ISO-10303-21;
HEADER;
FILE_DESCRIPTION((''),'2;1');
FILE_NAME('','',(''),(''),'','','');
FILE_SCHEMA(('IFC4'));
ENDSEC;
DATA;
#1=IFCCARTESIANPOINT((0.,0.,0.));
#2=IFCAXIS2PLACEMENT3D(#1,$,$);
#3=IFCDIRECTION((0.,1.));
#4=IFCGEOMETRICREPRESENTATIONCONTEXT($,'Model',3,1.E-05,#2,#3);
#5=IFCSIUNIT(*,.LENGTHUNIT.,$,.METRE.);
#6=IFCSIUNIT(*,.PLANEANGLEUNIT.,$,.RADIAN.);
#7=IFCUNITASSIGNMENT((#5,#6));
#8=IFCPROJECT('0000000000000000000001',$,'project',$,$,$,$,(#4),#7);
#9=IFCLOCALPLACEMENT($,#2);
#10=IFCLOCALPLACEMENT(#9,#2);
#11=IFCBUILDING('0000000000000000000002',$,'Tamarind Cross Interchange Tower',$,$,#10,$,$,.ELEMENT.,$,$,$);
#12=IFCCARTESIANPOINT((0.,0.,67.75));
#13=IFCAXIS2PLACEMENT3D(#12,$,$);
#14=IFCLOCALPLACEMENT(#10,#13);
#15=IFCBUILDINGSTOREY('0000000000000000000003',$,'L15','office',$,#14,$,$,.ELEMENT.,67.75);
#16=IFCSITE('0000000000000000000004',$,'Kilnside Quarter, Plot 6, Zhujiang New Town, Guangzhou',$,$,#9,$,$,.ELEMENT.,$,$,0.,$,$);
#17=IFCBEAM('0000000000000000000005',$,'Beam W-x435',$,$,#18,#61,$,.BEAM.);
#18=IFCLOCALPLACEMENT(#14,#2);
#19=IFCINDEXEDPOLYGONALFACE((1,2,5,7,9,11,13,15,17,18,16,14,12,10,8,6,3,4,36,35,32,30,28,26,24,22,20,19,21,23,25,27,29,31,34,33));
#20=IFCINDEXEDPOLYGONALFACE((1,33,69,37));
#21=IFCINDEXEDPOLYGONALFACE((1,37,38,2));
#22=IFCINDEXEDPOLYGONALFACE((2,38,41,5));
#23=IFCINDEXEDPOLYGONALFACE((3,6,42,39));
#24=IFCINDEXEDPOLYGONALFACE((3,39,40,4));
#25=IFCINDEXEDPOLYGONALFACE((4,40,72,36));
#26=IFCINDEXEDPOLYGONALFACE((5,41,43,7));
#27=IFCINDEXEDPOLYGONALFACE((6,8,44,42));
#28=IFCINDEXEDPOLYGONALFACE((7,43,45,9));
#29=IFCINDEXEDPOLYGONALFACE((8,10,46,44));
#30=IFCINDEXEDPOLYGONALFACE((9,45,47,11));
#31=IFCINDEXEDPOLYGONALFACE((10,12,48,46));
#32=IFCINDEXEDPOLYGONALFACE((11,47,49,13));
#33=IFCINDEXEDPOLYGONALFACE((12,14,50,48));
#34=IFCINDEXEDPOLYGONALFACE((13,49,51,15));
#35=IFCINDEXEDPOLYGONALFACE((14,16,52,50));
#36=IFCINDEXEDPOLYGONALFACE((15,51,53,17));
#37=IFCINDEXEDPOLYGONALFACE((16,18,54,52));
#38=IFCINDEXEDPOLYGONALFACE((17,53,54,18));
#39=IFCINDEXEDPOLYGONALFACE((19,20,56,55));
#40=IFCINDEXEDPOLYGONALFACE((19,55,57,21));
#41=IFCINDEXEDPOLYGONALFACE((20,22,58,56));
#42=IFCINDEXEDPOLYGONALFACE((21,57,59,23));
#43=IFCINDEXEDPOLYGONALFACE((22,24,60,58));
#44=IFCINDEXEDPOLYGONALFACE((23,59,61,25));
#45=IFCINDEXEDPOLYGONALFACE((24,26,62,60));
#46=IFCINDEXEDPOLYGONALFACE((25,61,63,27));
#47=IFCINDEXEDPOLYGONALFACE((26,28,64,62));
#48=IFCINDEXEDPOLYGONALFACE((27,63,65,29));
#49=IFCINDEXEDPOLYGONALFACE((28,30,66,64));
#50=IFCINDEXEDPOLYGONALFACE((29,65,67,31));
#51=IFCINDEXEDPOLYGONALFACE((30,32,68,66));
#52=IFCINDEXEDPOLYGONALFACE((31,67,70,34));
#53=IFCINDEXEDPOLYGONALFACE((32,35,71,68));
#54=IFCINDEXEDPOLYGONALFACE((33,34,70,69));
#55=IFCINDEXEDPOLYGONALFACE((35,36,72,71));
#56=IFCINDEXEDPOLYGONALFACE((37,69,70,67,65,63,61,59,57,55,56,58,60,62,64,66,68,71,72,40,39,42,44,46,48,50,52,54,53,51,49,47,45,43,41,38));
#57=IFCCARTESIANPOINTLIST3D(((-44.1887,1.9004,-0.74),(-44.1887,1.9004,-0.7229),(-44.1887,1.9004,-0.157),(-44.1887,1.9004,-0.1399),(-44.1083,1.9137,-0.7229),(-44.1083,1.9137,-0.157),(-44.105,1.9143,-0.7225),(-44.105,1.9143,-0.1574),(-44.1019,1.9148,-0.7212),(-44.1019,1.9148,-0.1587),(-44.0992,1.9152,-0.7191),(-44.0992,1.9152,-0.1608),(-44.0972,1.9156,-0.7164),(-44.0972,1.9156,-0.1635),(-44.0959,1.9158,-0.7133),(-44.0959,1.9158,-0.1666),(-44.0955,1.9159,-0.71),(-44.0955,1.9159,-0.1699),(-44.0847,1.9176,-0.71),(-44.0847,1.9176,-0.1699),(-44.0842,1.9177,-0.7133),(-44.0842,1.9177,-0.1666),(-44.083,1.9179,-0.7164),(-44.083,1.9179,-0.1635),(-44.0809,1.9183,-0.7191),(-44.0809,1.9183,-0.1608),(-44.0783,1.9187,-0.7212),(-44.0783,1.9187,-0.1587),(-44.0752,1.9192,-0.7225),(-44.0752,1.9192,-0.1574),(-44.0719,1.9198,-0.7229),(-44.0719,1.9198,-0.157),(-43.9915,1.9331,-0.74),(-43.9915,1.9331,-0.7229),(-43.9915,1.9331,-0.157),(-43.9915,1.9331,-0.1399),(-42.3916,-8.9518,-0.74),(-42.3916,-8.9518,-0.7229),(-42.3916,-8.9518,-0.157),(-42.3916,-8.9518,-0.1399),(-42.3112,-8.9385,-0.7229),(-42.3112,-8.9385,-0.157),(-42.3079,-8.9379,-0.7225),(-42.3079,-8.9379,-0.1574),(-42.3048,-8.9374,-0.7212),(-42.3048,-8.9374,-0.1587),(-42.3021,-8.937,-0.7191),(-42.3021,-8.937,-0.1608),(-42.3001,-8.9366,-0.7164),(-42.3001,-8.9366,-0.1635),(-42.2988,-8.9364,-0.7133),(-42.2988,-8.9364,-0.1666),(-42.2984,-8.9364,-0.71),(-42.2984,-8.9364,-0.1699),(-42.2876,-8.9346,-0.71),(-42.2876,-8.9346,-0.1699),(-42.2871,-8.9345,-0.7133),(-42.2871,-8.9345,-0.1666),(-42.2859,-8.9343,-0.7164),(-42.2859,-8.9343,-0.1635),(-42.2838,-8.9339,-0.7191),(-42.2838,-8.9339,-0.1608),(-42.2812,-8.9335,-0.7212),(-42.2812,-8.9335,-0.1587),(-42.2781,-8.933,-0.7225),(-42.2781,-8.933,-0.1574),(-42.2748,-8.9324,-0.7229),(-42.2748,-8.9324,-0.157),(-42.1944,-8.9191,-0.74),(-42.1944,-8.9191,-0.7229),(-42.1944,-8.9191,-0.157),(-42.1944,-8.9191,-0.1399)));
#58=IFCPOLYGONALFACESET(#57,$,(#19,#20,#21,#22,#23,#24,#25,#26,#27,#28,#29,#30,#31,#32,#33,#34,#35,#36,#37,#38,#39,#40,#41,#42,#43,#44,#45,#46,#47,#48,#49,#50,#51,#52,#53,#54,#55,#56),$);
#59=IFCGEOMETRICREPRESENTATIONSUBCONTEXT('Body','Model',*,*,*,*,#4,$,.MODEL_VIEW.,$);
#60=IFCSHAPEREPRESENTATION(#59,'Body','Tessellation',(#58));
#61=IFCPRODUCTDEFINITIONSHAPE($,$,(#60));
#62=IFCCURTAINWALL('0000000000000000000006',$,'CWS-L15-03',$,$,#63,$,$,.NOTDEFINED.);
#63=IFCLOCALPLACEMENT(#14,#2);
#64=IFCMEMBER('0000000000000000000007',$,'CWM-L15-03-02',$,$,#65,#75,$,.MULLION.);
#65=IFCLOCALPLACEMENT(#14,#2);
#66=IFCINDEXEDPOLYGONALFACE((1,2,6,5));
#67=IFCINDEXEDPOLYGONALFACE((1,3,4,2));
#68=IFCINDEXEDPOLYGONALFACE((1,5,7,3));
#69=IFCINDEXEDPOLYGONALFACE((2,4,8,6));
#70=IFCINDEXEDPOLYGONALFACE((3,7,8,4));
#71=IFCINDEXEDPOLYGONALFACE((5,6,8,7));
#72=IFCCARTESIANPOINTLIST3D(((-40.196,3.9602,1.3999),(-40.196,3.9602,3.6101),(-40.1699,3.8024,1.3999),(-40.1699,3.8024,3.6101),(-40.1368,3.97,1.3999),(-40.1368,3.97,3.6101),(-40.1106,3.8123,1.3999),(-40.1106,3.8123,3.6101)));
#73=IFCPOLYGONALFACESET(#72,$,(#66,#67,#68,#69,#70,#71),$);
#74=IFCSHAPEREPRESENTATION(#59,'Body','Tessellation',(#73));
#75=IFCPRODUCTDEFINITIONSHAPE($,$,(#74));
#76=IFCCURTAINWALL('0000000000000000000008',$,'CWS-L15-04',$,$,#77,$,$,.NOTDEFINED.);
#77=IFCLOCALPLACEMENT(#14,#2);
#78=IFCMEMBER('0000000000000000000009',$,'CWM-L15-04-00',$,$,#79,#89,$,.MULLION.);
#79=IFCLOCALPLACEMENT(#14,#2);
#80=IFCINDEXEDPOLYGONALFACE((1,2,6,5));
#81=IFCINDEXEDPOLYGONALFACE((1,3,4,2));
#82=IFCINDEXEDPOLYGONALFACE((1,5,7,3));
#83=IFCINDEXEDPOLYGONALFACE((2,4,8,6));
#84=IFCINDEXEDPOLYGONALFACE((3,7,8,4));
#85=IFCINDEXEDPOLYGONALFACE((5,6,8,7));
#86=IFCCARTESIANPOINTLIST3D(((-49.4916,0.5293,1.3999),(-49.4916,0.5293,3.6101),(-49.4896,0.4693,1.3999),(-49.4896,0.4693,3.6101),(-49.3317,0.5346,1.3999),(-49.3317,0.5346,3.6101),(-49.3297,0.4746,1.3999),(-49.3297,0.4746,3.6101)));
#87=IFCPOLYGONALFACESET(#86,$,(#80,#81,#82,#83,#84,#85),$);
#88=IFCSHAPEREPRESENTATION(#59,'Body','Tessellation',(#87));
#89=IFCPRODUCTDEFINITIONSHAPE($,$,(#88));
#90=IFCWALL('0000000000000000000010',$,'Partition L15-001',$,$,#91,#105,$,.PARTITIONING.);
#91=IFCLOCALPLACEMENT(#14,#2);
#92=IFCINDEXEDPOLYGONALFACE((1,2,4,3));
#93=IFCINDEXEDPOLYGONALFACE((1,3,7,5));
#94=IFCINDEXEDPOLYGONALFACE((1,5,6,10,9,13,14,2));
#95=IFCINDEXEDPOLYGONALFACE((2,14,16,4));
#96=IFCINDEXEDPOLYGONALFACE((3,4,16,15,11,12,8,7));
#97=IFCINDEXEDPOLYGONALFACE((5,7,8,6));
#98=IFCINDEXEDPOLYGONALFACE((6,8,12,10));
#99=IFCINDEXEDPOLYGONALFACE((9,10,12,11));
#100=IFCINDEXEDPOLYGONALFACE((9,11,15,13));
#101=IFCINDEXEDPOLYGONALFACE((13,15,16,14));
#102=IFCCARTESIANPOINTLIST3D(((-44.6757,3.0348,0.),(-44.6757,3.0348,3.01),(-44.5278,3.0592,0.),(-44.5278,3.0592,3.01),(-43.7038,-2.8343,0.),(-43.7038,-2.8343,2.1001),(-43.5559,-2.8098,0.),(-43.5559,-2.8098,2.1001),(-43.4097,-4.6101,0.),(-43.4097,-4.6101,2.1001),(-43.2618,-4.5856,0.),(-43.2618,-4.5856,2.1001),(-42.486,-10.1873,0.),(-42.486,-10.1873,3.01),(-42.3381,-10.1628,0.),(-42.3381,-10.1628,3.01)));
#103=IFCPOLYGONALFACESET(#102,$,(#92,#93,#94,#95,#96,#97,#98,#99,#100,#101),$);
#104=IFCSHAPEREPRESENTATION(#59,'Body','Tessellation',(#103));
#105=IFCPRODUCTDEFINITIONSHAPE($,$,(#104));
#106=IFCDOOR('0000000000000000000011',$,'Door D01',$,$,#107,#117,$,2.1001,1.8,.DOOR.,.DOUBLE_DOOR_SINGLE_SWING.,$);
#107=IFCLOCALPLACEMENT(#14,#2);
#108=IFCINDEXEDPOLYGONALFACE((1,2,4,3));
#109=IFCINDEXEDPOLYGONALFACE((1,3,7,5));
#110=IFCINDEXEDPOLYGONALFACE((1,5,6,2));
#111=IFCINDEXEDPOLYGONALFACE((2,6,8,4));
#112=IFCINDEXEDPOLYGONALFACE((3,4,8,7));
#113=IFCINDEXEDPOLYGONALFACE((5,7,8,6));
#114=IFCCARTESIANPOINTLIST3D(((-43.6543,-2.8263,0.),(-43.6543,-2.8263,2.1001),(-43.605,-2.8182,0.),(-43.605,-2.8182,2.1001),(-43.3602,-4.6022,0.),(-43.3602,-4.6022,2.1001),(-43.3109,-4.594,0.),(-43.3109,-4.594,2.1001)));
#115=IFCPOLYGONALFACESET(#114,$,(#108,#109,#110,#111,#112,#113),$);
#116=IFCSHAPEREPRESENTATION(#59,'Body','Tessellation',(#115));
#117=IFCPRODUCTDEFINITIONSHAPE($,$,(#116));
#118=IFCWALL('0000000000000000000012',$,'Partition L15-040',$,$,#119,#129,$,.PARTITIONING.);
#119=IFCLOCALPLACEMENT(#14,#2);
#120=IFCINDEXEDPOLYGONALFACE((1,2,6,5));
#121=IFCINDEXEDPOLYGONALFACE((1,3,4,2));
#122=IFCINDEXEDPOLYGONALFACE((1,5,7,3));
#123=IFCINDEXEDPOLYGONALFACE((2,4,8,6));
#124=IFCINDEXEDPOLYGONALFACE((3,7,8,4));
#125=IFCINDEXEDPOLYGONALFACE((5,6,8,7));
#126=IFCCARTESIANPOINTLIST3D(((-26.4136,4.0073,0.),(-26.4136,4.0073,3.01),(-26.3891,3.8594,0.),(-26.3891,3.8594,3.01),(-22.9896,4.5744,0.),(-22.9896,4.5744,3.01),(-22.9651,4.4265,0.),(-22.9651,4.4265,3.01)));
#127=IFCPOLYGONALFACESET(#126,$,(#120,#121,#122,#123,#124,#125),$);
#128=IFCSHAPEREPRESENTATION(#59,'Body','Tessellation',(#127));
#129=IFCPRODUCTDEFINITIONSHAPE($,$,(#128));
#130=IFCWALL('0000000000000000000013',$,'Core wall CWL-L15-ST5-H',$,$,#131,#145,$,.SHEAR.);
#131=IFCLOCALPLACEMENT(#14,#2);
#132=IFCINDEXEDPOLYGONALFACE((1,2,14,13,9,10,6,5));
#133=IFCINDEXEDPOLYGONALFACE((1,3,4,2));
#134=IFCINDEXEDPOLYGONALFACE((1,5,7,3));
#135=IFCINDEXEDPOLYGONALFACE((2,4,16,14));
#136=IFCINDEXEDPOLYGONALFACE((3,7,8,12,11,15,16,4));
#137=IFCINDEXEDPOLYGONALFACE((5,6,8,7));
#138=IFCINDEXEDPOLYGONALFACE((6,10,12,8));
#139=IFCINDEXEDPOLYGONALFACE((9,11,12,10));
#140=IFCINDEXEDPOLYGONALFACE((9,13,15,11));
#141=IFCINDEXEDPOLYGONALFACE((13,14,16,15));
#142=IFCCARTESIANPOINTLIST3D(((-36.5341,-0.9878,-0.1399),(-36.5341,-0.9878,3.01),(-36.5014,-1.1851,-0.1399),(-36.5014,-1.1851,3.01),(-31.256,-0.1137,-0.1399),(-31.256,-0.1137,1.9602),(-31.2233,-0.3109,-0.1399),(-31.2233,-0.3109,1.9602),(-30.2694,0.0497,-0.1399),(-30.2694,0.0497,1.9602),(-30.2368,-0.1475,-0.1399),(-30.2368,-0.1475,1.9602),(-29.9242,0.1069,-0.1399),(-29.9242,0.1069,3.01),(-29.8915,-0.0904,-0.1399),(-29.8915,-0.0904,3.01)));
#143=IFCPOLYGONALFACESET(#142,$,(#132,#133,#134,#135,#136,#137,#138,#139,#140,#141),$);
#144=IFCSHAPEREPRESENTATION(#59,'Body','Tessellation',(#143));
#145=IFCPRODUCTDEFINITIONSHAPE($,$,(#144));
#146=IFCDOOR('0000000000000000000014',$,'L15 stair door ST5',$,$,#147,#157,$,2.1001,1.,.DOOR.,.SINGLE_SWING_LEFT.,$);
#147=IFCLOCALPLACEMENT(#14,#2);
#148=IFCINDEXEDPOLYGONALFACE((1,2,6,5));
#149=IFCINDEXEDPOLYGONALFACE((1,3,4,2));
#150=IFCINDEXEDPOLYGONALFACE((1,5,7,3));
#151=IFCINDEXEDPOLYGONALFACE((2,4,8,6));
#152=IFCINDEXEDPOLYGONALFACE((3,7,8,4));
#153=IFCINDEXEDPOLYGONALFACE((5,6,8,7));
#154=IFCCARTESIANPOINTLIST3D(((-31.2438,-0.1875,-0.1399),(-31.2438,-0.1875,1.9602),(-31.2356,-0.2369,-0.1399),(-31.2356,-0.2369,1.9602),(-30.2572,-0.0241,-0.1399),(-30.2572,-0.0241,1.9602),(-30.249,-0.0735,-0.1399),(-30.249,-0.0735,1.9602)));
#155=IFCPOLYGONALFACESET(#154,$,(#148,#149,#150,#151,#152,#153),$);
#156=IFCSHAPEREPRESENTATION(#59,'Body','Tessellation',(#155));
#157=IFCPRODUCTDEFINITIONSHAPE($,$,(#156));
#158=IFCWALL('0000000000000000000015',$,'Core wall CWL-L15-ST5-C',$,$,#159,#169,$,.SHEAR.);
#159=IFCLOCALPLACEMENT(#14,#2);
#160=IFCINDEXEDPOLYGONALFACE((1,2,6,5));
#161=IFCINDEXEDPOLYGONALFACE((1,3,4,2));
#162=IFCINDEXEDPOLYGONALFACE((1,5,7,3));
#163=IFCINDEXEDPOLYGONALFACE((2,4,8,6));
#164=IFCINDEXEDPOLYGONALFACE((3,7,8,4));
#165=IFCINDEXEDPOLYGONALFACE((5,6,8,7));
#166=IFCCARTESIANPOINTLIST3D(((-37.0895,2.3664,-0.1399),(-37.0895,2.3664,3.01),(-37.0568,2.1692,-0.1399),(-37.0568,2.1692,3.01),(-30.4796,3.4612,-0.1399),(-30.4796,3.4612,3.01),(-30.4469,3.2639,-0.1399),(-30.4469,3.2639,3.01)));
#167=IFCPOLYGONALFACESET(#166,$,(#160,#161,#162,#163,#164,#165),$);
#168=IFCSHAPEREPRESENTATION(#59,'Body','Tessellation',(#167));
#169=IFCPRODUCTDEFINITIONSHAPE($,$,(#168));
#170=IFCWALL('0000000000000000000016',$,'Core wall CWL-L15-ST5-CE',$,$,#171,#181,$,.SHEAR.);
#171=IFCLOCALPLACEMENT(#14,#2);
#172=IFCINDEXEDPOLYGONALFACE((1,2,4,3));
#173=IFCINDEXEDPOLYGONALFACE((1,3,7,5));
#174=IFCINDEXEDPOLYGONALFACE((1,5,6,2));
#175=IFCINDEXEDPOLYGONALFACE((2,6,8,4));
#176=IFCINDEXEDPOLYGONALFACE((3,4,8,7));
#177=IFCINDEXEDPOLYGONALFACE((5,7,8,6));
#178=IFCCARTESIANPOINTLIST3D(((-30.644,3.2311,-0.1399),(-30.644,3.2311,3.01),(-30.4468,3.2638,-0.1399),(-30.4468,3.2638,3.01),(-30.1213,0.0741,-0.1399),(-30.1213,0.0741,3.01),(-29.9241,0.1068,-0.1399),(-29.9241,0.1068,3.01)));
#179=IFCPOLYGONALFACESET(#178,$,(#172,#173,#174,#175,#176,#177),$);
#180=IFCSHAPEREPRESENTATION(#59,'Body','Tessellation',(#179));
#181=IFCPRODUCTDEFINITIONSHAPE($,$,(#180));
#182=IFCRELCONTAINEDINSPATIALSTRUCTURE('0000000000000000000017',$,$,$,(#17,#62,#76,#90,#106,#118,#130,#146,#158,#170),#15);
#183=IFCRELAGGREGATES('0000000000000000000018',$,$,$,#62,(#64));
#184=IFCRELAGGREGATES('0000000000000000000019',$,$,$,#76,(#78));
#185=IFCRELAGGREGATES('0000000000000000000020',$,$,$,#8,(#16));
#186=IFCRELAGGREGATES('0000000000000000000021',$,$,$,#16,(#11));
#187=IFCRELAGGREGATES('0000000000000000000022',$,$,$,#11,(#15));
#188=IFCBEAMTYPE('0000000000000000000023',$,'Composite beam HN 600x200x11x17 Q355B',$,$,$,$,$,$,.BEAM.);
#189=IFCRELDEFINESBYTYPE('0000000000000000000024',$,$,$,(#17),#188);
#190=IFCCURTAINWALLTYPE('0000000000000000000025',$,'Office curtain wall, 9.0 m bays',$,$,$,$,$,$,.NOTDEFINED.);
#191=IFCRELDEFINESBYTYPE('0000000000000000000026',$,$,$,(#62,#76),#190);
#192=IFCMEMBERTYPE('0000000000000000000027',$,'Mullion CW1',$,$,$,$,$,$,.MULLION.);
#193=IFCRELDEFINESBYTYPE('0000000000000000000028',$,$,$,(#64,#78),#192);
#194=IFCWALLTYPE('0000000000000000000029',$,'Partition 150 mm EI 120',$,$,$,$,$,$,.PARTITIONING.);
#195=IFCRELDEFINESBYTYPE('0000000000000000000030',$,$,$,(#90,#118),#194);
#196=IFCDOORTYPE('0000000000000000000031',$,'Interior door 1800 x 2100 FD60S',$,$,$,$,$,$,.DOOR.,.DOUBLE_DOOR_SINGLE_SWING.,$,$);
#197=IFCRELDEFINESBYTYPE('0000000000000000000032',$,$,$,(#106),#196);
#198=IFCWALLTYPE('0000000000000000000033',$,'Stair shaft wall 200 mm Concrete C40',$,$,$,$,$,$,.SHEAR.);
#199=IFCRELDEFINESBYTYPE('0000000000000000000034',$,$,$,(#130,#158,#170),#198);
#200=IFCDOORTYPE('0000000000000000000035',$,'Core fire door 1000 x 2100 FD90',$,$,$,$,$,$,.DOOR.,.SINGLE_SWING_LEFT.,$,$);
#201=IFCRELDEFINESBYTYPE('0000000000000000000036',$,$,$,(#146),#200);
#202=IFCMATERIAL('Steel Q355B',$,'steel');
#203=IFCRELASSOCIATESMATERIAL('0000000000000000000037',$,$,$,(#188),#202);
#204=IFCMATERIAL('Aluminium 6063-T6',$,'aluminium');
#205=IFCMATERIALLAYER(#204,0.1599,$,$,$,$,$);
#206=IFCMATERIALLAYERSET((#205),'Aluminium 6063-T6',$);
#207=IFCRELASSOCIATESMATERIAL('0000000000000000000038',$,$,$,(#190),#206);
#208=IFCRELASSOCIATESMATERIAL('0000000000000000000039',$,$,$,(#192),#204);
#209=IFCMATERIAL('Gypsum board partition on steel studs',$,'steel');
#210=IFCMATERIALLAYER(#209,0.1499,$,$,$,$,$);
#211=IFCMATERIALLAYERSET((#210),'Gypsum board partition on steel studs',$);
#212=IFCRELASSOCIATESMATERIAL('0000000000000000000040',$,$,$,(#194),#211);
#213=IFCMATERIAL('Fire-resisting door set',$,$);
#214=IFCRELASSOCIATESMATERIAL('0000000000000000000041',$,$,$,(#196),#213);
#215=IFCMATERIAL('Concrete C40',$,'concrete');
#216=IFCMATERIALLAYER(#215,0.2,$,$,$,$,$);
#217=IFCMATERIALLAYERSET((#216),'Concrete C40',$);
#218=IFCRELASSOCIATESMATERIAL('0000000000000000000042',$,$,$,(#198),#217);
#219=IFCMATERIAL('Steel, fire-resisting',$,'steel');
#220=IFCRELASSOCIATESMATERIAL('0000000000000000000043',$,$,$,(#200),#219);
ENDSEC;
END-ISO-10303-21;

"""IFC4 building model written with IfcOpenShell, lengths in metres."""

from ifc_helpers import new_model, si_unit, direction, frame, frame_2d, origin, origin_2d, place, context, subcontext, project, spatial, rectangle, i_section, extrude, material, layer, layer_set, material_profile, profile_set, type_object, element, fill, aggregate, save


model = new_model("IFC4")

# Units and contexts
model_context = context("Model", 3, precision=1e-05, world=origin(), true_north=direction((0.0, 1.0)))
body_context = subcontext(model_context, "Body", "Model", "MODEL_VIEW")
ifc_project = project(units=[si_unit("LENGTHUNIT", "METRE"), si_unit("PLANEANGLEUNIT", "RADIAN")], contexts=[model_context])

# Site, building, storey
site_placement = place(None, origin())
site = spatial("IfcSite", under=ifc_project, at=site_placement, Name="Kilnside Quarter, Plot 6, Zhujiang New Town, Guangzhou", CompositionType="ELEMENT", RefElevation=0.0)
building_placement = place(site_placement, origin())
building = spatial("IfcBuilding", under=site, at=building_placement, Name="Tamarind Cross Interchange Tower", CompositionType="ELEMENT")
storey_placement = place(building_placement, frame((0.0, 0.0, 67.75)))
storey = spatial("IfcBuildingStorey", under=building, at=storey_placement, Name="L15", Description="office", CompositionType="ELEMENT", Elevation=67.75)

# Shared definitions
ifc_material_1 = material(Name="Concrete C40", Category="concrete")

# Beam
ifc_material_2 = material(Name="Steel Q355B", Category="steel")
ifc_material_profile_1 = material_profile(ifc_material_2, i_section(OverallWidth=0.2, OverallDepth=0.6001, WebThickness=0.011, FlangeThickness=0.0171, FilletRadius=0.0129, at=origin_2d()), Name="HN 600x200x11x17")
ifc_profile_set_1 = profile_set([ifc_material_profile_1], Name="Steel Q355B")
beam_type_1 = type_object("IfcBeamType", Name="Composite beam HN 600x200x11x17 Q355B", PredefinedType="BEAM", material=ifc_profile_set_1)
beam_1_placement = place(storey_placement, frame((-44.0901, 1.9167, -0.4399), z_axis=(0.163373, -0.986564, 0.0), x_axis=(0.986564, 0.163373, 0.0)))
element("IfcBeam", 1, at=beam_1_placement, inside=storey, type_object=beam_type_1, Name="Beam W-x435", PredefinedType="BEAM", context=body_context, shape_type="SweptSolid", body=[
    extrude(i_section(OverallWidth=0.2, OverallDepth=0.6001, WebThickness=0.011, FlangeThickness=0.0171, FilletRadius=0.0129, at=origin_2d()), origin(), (0.0, 0.0, 1.0), 11.0),
])

# Curtain walls, members
ifc_material_3 = material(Name="Aluminium 6063-T6", Category="aluminium")
ifc_layer_1 = layer(ifc_material_3, 0.1599)
ifc_layer_set_1 = layer_set([ifc_layer_1], Name="Aluminium 6063-T6")
curtain_wall_type = type_object("IfcCurtainWallType", Name="Office curtain wall, 9.0 m bays", PredefinedType="NOTDEFINED", material=ifc_layer_set_1)
curtain_wall_1_placement = place(storey_placement, origin())
curtain_wall_1 = element("IfcCurtainWall", 2, at=curtain_wall_1_placement, inside=storey, type_object=curtain_wall_type, Name="CWS-L15-03", PredefinedType="NOTDEFINED")
ifc_material_profile_2 = material_profile(ifc_material_3, rectangle(XDim=0.0601, YDim=0.1599, at=origin_2d()), Name="Mullion CW1")
ifc_profile_set_2 = profile_set([ifc_material_profile_2], Name="Aluminium 6063-T6")
member_type = type_object("IfcMemberType", Name="Mullion CW1", PredefinedType="MULLION", material=ifc_profile_set_2)
member_1_placement = place(storey_placement, frame((-40.1533, 3.8862, 1.3999), z_axis=(0.0, 0.0, 1.0), x_axis=(-0.986563, -0.163381, 0.0)))
member_1 = element("IfcMember", 3, at=member_1_placement, type_object=member_type, Name="CWM-L15-03-02", PredefinedType="MULLION", context=body_context, shape_type="SweptSolid", body=[
    extrude(rectangle(XDim=0.0601, YDim=0.1599, at=origin_2d()), origin(), (0.0, 0.0, 1.0), 2.2102),
])
aggregate(curtain_wall_1, [member_1])
curtain_wall_2_placement = place(storey_placement, origin())
curtain_wall_2 = element("IfcCurtainWall", 4, at=curtain_wall_2_placement, inside=storey, type_object=curtain_wall_type, Name="CWS-L15-04", PredefinedType="NOTDEFINED")
member_2_placement = place(storey_placement, frame((-49.4106, 0.502, 1.3999), z_axis=(0.0, 0.0, 1.0), x_axis=(0.033211, -0.999448, 0.0)))
member_2 = element("IfcMember", 5, at=member_2_placement, type_object=member_type, Name="CWM-L15-04-00", PredefinedType="MULLION", context=body_context, shape_type="SweptSolid", body=[
    extrude(rectangle(XDim=0.0601, YDim=0.1599, at=origin_2d()), origin(), (0.0, 0.0, 1.0), 2.2102),
])
aggregate(curtain_wall_2, [member_2])

# Wall, opening, door
ifc_material_4 = material(Name="Gypsum board partition on steel studs", Category="steel")
ifc_layer_2 = layer(ifc_material_4, 0.1499)
ifc_layer_set_2 = layer_set([ifc_layer_2], Name="Gypsum board partition on steel studs")
wall_type_1 = type_object("IfcWallType", Name="Partition 150 mm EI 120", PredefinedType="PARTITIONING", material=ifc_layer_set_2)
wall_1_placement = place(storey_placement, frame((-44.6018, 3.0471, 0.0), z_axis=(0.0, 0.0, 1.0), x_axis=(0.163386, -0.986562, 0.0)))
wall_1 = element("IfcWall", 6, at=wall_1_placement, inside=storey, type_object=wall_type_1, Name="Partition L15-001", PredefinedType="PARTITIONING", context=body_context, shape_type="SweptSolid", body=[
    extrude(rectangle(XDim=13.4021, YDim=0.1499, at=frame_2d((6.7012, 0.0))), origin(), (0.0, 0.0, 1.0), 3.01),
])
opening_1_placement = place(wall_1_placement, frame((5.9492, 0.0, 0.0)))
opening_1 = element("IfcOpeningElement", 7, at=opening_1_placement, cuts=wall_1, PredefinedType="OPENING", context=body_context, shape_type="SweptSolid", body=[
    extrude(rectangle(XDim=1.8, YDim=2.1001, at=frame_2d((0.8999, 1.05))), frame((0.0, 0.085, 0.0), z_axis=(0.0, -1.0, 0.0), x_axis=(1.0, 0.0, 0.0)), (0.0, 0.0, 1.0), 0.1699),
])
ifc_material_5 = material(Name="Fire-resisting door set")
door_type_1 = type_object("IfcDoorType", Name="Interior door 1800 x 2100 FD60S", OperationType="DOUBLE_DOOR_SINGLE_SWING", PredefinedType="DOOR", material=ifc_material_5)
door_1_placement = place(opening_1_placement, frame((1.8, 0.0, 0.0), z_axis=(0.0, 0.0, 1.0), x_axis=(-1.0, 0.0, 0.0)))
door_1 = element("IfcDoor", 8, at=door_1_placement, inside=storey, type_object=door_type_1, Name="Door D01", OperationType="DOUBLE_DOOR_SINGLE_SWING", OverallHeight=2.1001, OverallWidth=1.8, PredefinedType="DOOR", context=body_context, shape_type="SweptSolid", body=[
    extrude(rectangle(XDim=1.8, YDim=2.1001, at=frame_2d((0.8999, 1.05))), frame((0.0, 0.0249, 0.0), z_axis=(0.0, -1.0, 0.0), x_axis=(1.0, 0.0, 0.0)), (0.0, 0.0, 1.0), 0.05),
])
fill(opening_1, door_1)

# Wall
wall_2_placement = place(storey_placement, frame((-26.4014, 3.9333, 0.0), z_axis=(0.0, 0.0, 1.0), x_axis=(0.986559, 0.163406, 0.0)))
element("IfcWall", 9, at=wall_2_placement, inside=storey, type_object=wall_type_1, Name="Partition L15-040", PredefinedType="PARTITIONING", context=body_context, shape_type="SweptSolid", body=[
    extrude(rectangle(XDim=3.4707, YDim=0.1499, at=frame_2d((1.7354, 0.0))), origin(), (0.0, 0.0, 1.0), 3.01),
])

# Wall, opening, door
ifc_layer_3 = layer(ifc_material_1, 0.2)
ifc_layer_set_3 = layer_set([ifc_layer_3], Name="Concrete C40")
wall_type_2 = type_object("IfcWallType", Name="Stair shaft wall 200 mm Concrete C40", PredefinedType="SHEAR", material=ifc_layer_set_3)
wall_3_placement = place(storey_placement, frame((-29.9077, 0.0083, -0.1399), z_axis=(0.0, 0.0, 1.0), x_axis=(-0.986561, -0.163394, 0.0)))
wall_3 = element("IfcWall", 10, at=wall_3_placement, inside=storey, type_object=wall_type_2, Name="Core wall CWL-L15-ST5-H", PredefinedType="SHEAR", context=body_context, shape_type="SweptSolid", body=[
    extrude(rectangle(XDim=6.7, YDim=0.2, at=frame_2d((3.3501, 0.0))), origin(), (0.0, 0.0, 1.0), 3.1499),
])
opening_2_placement = place(wall_3_placement, frame((0.3501, 0.0, 0.0)))
opening_2 = element("IfcOpeningElement", 11, at=opening_2_placement, cuts=wall_3, PredefinedType="OPENING", context=body_context, shape_type="SweptSolid", body=[
    extrude(rectangle(XDim=1.0, YDim=2.1001, at=frame_2d((0.5, 1.05))), frame((0.0, 0.1099, 0.0), z_axis=(0.0, -1.0, 0.0), x_axis=(1.0, 0.0, 0.0)), (0.0, 0.0, 1.0), 0.22),
])
ifc_material_6 = material(Name="Steel, fire-resisting", Category="steel")
door_type_2 = type_object("IfcDoorType", Name="Core fire door 1000 x 2100 FD90", OperationType="SINGLE_SWING_LEFT", PredefinedType="DOOR", material=ifc_material_6)
door_2_placement = place(opening_2_placement, origin())
door_2 = element("IfcDoor", 12, at=door_2_placement, inside=storey, type_object=door_type_2, Name="L15 stair door ST5", OperationType="SINGLE_SWING_LEFT", OverallHeight=2.1001, OverallWidth=1.0, PredefinedType="DOOR", context=body_context, shape_type="SweptSolid", body=[
    extrude(rectangle(XDim=1.0, YDim=2.1001, at=frame_2d((0.5, 1.05))), frame((0.0, 0.0249, 0.0), z_axis=(0.0, -1.0, 0.0), x_axis=(1.0, 0.0, 0.0)), (0.0, 0.0, 1.0), 0.05),
])
fill(opening_2, door_2)

# Walls
wall_4_placement = place(storey_placement, frame((-30.4631, 3.3625, -0.1399), z_axis=(0.0, 0.0, 1.0), x_axis=(-0.986561, -0.163394, 0.0)))
element("IfcWall", 13, at=wall_4_placement, inside=storey, type_object=wall_type_2, Name="Core wall CWL-L15-ST5-C", PredefinedType="SHEAR", context=body_context, shape_type="SweptSolid", body=[
    extrude(rectangle(XDim=6.7, YDim=0.2, at=frame_2d((3.3501, 0.0))), origin(), (0.0, 0.0, 1.0), 3.1499),
])
wall_5_placement = place(storey_placement, frame((-30.5454, 3.2476, -0.1399), z_axis=(0.0, 0.0, 1.0), x_axis=(0.163347, -0.986569, 0.0)))
element("IfcWall", 14, at=wall_5_placement, inside=storey, type_object=wall_type_2, Name="Core wall CWL-L15-ST5-CE", PredefinedType="SHEAR", context=body_context, shape_type="SweptSolid", body=[
    extrude(rectangle(XDim=3.2, YDim=0.2, at=frame_2d((1.6001, 0.0))), origin(), (0.0, 0.0, 1.0), 3.1499),
])

save(model, "model.ifc")
